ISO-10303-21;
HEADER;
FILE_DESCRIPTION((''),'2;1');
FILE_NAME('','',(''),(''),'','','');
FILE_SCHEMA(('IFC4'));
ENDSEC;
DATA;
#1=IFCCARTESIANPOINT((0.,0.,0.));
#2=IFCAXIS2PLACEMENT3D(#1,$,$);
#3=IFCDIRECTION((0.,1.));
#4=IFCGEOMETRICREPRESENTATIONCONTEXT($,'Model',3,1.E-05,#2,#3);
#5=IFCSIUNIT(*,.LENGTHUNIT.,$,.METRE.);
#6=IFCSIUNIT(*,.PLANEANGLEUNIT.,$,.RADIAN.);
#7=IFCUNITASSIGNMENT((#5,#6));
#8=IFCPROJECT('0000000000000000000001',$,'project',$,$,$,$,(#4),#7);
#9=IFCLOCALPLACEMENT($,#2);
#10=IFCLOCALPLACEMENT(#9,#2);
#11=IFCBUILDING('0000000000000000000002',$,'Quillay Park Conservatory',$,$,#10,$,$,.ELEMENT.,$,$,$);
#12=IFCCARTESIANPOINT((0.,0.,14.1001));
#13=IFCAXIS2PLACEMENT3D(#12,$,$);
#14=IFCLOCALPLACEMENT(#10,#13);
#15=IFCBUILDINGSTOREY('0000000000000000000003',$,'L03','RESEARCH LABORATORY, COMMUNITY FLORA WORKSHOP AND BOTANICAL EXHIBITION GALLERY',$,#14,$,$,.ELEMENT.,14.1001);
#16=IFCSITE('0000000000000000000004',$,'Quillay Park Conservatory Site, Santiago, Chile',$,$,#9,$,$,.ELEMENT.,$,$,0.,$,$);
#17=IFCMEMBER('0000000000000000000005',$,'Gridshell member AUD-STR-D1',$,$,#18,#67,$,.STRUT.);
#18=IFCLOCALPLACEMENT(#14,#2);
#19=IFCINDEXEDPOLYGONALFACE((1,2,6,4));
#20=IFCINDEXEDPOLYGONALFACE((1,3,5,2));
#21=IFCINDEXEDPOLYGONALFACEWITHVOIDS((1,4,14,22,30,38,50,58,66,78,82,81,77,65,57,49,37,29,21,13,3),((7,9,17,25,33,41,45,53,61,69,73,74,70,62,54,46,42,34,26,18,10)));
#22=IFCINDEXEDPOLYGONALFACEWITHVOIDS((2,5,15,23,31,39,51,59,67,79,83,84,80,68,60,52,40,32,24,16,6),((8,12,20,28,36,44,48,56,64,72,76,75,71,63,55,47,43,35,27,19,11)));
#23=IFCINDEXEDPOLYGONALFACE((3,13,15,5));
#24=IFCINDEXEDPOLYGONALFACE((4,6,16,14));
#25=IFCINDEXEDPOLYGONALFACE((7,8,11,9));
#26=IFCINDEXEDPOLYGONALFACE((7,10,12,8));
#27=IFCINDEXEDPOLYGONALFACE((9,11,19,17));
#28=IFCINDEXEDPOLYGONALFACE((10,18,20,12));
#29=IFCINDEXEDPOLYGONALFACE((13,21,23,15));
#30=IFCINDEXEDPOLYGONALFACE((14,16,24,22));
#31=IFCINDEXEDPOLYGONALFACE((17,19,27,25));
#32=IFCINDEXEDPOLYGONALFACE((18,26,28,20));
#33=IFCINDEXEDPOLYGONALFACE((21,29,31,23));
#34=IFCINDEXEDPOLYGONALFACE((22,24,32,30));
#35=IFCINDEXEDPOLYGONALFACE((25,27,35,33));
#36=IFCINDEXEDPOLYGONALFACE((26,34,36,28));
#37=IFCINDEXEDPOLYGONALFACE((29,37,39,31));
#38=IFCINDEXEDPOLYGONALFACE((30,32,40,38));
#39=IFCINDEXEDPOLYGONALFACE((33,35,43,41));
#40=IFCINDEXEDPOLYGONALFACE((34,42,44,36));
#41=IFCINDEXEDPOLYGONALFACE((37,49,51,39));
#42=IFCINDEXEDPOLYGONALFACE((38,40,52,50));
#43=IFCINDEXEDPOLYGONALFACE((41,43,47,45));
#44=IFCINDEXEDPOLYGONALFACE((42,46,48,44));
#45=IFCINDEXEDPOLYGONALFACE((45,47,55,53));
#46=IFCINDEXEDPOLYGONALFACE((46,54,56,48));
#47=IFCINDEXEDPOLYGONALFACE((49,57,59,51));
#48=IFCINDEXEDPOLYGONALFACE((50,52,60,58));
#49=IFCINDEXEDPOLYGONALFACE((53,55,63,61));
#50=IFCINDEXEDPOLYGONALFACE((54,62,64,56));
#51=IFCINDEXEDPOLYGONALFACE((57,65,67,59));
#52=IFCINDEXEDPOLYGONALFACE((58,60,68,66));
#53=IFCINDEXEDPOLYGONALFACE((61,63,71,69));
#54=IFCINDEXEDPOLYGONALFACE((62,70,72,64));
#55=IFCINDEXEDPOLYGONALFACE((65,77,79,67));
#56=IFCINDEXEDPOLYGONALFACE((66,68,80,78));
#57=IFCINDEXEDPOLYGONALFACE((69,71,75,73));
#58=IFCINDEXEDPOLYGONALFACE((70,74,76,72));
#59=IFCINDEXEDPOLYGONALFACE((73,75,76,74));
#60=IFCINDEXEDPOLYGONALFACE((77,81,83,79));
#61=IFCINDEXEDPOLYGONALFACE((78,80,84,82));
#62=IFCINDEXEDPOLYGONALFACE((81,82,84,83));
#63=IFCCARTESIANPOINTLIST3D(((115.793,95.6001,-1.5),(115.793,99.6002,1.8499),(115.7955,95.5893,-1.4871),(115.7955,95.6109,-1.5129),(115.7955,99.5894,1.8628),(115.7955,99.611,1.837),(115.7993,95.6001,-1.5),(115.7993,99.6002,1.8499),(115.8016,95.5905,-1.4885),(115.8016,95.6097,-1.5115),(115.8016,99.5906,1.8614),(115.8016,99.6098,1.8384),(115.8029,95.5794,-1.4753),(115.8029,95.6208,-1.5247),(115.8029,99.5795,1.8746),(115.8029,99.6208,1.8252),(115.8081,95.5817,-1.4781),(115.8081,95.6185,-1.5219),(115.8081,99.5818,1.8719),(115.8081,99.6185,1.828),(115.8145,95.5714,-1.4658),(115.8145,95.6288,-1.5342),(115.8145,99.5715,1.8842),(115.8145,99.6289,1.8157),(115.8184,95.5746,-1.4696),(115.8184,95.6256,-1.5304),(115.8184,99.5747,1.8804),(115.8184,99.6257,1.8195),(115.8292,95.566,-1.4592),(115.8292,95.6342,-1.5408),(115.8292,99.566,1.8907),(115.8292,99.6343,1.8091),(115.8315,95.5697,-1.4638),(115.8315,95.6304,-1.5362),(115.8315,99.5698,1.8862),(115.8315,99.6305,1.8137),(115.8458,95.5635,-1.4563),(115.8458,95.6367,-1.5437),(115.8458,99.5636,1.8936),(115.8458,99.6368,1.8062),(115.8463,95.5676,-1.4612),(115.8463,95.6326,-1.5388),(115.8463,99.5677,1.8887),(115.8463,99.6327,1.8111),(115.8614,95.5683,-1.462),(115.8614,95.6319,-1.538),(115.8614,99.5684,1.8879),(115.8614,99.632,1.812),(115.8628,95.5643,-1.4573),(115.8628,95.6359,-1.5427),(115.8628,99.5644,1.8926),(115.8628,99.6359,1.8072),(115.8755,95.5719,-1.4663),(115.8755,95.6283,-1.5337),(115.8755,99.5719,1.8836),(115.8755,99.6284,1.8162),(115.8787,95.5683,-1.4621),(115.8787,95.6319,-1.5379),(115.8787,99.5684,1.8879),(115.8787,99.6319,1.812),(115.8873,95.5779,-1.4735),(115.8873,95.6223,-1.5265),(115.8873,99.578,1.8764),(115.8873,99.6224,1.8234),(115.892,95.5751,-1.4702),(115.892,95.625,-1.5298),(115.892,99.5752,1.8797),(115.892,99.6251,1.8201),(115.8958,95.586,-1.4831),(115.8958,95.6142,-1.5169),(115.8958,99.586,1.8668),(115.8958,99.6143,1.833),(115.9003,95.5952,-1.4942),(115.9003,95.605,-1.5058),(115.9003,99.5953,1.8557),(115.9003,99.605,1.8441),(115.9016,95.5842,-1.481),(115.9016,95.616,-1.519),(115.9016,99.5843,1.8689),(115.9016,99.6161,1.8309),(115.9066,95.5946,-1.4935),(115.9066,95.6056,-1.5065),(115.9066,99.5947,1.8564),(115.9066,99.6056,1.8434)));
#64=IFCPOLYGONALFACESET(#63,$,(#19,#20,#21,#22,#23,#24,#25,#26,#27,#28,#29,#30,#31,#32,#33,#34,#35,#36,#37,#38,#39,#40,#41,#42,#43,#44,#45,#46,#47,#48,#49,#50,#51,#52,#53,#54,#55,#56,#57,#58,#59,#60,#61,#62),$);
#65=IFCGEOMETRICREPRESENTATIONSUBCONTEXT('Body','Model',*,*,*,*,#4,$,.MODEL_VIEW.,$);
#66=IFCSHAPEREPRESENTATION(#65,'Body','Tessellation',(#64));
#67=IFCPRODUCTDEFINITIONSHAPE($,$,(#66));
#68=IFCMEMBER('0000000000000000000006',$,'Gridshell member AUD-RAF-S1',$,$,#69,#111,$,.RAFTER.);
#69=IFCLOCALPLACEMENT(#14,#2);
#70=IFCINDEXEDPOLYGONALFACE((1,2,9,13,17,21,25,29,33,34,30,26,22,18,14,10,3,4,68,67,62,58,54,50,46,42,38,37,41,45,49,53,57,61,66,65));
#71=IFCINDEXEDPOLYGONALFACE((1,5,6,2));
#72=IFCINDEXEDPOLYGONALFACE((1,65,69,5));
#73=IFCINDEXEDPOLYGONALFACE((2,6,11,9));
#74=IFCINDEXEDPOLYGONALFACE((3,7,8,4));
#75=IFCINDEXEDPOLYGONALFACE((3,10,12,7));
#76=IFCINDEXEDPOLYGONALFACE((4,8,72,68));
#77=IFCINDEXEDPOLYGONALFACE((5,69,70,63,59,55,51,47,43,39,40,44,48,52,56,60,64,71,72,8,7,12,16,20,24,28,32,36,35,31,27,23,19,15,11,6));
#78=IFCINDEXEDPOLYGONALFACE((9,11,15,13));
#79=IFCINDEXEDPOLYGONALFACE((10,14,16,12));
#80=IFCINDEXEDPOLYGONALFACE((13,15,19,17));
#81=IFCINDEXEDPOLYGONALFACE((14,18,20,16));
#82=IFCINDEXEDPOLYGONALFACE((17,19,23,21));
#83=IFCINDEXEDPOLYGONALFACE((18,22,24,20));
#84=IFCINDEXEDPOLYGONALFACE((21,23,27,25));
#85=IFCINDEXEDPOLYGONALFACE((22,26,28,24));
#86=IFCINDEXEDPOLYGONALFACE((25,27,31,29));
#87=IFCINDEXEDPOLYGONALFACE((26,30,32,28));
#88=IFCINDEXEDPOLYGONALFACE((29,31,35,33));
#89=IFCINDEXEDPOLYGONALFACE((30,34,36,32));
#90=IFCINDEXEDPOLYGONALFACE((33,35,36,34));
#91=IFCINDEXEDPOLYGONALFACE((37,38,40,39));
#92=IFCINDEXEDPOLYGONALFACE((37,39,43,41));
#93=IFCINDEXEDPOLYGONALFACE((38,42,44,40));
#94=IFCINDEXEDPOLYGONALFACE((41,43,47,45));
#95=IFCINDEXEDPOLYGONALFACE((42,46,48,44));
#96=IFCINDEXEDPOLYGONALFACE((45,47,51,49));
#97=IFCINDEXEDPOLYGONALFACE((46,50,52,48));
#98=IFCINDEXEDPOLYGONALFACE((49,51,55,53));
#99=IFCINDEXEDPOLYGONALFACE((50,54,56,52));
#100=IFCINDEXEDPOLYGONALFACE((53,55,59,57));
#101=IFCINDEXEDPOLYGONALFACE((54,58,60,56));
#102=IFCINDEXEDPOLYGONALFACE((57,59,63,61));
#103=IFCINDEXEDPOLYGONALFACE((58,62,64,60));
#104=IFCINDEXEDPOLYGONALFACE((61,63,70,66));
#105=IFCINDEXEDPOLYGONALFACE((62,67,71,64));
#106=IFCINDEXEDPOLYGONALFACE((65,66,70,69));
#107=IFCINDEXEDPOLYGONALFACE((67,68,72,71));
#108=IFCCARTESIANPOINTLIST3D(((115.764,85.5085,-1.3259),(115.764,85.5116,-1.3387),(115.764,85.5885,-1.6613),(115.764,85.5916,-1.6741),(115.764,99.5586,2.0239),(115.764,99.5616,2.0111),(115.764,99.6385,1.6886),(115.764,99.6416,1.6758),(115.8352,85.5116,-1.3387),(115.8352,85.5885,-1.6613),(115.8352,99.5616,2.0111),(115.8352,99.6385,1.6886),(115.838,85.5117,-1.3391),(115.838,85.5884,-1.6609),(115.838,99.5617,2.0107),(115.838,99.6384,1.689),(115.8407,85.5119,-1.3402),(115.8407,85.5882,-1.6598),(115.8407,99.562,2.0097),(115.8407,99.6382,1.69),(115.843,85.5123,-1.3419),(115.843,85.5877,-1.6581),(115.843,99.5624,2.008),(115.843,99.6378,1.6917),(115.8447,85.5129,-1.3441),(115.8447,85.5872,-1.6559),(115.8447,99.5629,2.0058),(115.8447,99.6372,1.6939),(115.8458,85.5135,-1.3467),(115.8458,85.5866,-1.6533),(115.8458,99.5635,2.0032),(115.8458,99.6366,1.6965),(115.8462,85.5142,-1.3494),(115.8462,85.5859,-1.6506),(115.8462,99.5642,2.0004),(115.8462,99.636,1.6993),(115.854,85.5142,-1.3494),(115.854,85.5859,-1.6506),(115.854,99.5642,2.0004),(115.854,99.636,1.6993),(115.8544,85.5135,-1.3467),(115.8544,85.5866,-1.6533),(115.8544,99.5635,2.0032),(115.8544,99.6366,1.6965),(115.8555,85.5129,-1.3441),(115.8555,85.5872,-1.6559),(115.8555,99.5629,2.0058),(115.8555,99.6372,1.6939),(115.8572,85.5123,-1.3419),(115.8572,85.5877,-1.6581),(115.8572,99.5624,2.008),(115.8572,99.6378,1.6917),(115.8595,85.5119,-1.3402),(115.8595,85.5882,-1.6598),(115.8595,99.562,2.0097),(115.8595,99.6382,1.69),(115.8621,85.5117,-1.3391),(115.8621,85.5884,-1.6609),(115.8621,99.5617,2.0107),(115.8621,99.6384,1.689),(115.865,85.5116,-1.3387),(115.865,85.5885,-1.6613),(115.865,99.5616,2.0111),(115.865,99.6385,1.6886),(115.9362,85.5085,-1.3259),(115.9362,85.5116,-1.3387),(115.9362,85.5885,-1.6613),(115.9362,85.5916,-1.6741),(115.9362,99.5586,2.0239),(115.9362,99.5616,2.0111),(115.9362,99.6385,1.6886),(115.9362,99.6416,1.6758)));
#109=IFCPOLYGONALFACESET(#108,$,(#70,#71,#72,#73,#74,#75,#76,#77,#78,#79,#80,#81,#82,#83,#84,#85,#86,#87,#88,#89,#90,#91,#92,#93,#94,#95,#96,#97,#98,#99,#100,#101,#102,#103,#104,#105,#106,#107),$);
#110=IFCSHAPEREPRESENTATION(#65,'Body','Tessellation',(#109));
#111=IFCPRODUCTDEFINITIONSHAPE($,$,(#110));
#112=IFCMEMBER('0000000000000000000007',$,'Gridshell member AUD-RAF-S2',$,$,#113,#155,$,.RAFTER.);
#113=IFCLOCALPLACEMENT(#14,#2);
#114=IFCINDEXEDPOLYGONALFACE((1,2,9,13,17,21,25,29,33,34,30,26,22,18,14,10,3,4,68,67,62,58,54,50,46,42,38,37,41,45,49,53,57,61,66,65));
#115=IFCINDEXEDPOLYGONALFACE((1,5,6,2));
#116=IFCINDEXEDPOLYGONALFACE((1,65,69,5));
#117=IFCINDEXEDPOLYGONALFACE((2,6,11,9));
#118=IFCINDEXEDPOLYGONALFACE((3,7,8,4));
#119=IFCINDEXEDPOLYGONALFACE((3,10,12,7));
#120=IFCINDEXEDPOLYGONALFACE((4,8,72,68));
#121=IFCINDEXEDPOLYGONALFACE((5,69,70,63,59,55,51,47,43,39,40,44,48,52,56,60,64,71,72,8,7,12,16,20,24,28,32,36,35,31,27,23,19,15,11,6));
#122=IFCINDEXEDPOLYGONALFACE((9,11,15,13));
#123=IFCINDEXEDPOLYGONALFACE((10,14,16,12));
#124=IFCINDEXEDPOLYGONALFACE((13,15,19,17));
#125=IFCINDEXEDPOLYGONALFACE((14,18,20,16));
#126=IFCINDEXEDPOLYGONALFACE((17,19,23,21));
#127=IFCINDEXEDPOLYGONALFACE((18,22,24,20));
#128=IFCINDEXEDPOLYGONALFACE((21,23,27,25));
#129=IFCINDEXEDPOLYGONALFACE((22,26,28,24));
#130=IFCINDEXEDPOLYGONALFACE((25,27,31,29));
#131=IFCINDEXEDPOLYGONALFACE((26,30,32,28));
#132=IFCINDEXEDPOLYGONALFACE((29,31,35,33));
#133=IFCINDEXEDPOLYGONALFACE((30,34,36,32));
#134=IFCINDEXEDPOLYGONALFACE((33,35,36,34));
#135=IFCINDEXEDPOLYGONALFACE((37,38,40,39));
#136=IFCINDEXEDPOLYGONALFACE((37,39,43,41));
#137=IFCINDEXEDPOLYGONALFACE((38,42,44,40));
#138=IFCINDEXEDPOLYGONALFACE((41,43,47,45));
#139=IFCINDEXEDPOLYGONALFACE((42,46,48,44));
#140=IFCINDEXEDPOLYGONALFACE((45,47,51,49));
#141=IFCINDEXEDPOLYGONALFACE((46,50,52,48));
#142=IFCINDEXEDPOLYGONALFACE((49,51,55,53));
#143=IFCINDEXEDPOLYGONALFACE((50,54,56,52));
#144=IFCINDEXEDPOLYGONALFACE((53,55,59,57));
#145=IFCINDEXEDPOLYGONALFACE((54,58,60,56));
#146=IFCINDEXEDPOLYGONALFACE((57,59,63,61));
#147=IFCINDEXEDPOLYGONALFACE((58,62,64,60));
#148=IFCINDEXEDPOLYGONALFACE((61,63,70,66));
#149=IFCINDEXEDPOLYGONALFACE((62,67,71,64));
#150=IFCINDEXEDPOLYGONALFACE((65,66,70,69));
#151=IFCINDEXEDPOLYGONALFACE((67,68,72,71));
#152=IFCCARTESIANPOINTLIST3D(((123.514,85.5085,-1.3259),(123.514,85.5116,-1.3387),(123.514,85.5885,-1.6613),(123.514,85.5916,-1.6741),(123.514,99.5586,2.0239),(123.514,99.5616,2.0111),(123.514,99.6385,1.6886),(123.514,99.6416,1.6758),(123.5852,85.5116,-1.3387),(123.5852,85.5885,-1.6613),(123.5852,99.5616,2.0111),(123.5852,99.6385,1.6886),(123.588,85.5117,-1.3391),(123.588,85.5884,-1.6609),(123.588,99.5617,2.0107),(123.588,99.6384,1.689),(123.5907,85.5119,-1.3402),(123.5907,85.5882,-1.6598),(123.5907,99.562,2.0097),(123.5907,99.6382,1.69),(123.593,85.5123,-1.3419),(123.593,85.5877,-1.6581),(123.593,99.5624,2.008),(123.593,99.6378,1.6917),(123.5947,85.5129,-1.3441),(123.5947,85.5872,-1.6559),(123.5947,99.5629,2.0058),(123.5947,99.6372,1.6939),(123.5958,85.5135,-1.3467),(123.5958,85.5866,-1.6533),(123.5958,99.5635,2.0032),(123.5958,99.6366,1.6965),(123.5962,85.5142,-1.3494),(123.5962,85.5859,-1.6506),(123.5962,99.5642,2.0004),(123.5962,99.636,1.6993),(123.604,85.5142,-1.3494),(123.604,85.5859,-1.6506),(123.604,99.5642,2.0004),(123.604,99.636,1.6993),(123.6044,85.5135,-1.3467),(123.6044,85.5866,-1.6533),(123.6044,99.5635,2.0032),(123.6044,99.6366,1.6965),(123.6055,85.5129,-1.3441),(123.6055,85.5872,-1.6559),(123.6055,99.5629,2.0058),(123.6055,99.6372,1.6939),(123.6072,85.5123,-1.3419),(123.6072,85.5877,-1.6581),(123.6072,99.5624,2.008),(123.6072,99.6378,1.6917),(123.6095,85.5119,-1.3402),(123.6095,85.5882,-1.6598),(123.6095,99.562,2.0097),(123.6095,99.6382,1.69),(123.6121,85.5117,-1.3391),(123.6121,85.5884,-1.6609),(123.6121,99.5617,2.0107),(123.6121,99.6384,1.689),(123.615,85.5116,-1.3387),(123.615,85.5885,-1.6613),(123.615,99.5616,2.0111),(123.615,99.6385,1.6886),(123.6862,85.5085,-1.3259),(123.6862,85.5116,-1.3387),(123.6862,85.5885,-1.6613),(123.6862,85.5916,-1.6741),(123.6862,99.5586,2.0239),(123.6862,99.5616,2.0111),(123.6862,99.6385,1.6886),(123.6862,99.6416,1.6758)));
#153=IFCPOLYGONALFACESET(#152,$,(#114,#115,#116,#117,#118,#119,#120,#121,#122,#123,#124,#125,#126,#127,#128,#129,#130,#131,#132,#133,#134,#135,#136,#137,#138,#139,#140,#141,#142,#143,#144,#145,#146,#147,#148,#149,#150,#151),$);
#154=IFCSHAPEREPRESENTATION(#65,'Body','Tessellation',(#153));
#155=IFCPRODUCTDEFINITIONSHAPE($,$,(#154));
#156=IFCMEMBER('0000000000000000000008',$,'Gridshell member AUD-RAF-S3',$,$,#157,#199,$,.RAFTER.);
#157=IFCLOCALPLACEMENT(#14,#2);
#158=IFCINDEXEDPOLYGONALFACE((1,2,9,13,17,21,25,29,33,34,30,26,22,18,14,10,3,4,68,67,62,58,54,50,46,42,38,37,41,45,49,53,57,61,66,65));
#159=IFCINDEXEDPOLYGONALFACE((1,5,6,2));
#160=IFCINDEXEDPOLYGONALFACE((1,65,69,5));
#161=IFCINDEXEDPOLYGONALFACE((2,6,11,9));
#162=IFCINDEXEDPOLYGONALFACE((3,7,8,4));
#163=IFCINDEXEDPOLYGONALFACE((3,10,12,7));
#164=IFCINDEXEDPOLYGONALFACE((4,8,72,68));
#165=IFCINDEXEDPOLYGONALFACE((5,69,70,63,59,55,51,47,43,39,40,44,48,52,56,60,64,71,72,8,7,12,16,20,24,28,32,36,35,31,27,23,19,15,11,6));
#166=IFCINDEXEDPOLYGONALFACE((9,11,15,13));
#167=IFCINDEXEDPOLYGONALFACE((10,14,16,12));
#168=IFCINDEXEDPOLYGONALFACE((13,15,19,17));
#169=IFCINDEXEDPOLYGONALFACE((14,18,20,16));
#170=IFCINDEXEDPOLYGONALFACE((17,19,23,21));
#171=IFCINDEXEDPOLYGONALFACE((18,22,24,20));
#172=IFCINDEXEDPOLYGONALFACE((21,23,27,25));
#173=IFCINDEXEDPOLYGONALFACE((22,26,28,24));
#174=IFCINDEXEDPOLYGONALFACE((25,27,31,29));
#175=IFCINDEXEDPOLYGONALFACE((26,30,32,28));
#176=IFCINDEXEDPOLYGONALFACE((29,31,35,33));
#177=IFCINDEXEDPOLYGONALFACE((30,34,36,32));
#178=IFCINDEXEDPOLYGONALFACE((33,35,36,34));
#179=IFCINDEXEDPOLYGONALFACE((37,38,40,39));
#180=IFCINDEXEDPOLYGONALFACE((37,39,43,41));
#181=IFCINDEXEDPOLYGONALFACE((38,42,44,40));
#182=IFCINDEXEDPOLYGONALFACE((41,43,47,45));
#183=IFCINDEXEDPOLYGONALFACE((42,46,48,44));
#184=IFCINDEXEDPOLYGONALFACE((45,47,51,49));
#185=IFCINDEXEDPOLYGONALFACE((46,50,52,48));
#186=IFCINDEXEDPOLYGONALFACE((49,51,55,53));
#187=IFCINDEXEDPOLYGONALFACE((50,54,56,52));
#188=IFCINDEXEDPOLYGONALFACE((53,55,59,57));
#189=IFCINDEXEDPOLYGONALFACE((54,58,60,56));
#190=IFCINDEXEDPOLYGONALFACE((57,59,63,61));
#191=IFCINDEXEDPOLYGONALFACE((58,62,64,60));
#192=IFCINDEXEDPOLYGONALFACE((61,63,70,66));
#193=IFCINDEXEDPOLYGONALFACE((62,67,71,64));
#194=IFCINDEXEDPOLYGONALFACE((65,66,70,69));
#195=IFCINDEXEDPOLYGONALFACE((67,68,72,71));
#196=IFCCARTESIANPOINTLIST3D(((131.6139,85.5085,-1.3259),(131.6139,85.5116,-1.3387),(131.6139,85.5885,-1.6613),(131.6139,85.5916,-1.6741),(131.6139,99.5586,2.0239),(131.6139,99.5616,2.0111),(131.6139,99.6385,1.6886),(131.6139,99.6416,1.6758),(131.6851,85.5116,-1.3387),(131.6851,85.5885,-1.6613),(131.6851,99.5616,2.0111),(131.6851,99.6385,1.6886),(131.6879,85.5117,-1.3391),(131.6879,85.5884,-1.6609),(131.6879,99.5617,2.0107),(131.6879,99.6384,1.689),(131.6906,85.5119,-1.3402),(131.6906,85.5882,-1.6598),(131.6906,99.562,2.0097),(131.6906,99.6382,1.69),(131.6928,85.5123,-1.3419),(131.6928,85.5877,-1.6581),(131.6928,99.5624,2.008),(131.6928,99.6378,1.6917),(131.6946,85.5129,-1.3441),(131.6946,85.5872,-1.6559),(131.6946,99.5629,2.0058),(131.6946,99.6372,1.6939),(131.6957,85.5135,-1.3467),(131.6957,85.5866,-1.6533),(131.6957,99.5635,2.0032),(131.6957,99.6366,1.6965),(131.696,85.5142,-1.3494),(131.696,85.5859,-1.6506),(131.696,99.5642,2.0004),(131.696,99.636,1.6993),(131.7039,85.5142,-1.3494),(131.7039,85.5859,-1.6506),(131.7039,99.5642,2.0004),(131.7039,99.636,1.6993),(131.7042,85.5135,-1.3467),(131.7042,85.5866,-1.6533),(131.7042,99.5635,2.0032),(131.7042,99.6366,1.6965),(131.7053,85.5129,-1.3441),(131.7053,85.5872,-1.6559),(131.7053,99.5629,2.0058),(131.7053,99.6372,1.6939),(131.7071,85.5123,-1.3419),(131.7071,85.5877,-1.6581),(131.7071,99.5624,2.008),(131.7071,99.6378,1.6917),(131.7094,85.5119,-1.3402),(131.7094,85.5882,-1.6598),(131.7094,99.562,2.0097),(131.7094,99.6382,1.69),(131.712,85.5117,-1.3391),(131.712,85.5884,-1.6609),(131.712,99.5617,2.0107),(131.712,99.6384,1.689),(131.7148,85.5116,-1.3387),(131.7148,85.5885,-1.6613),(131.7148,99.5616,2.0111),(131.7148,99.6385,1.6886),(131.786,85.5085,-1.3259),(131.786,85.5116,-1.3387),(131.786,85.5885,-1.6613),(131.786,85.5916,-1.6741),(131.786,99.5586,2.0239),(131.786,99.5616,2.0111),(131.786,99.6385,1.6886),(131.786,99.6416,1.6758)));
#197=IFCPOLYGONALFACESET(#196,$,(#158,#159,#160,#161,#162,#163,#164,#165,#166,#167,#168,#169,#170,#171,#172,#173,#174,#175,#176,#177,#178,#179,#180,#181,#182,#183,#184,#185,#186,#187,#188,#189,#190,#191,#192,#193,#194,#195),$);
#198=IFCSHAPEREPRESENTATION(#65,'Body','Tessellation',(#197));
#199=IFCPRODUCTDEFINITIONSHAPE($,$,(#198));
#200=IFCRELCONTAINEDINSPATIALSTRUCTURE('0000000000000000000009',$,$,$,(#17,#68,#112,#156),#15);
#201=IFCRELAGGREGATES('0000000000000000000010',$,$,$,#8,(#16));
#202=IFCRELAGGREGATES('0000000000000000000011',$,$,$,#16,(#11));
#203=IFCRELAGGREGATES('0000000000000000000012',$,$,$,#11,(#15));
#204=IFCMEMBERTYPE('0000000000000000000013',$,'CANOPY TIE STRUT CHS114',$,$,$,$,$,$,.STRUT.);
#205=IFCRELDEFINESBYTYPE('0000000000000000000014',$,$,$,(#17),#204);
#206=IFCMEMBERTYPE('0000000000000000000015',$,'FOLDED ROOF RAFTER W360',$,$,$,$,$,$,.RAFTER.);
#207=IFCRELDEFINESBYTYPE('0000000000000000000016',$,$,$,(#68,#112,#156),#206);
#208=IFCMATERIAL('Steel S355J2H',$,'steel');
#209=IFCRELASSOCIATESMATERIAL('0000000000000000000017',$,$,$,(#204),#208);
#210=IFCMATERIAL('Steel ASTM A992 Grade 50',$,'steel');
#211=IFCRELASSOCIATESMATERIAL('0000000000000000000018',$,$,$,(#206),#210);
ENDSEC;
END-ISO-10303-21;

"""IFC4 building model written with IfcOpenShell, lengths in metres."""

from ifc_helpers import new_model, si_unit, direction, frame, origin, origin_2d, place, context, subcontext, project, spatial, hollow_circle, i_section, extrude, material, material_profile, profile_set, type_object, element, save


model = new_model("IFC4")

# Units and contexts
model_context = context("Model", 3, precision=1e-05, world=origin(), true_north=direction((0.0, 1.0)))
body_context = subcontext(model_context, "Body", "Model", "MODEL_VIEW")
ifc_project = project(units=[si_unit("LENGTHUNIT", "METRE"), si_unit("PLANEANGLEUNIT", "RADIAN")], contexts=[model_context])

# Site, building, storey
site_placement = place(None, origin())
site = spatial("IfcSite", under=ifc_project, at=site_placement, Name="Quillay Park Conservatory Site, Santiago, Chile", CompositionType="ELEMENT", RefElevation=0.0)
building_placement = place(site_placement, origin())
building = spatial("IfcBuilding", under=site, at=building_placement, Name="Quillay Park Conservatory", CompositionType="ELEMENT")
storey_placement = place(building_placement, frame((0.0, 0.0, 14.1001)))
storey = spatial("IfcBuildingStorey", under=building, at=storey_placement, Name="L03", Description="RESEARCH LABORATORY, COMMUNITY FLORA WORKSHOP AND BOTANICAL EXHIBITION GALLERY", CompositionType="ELEMENT", Elevation=14.1001)

# Members
ifc_material_1 = material(Name="Steel S355J2H", Category="steel")
ifc_material_profile_1 = material_profile(ifc_material_1, hollow_circle(Radius=0.0571, WallThickness=0.0063, at=origin_2d()), Name="CHS114.3x6.3")
ifc_profile_set_1 = profile_set([ifc_material_profile_1], Name="Steel S355J2H")
member_type_1 = type_object("IfcMemberType", Name="CANOPY TIE STRUT CHS114", PredefinedType="STRUT", material=ifc_profile_set_1)
member_placement = place(storey_placement, frame((115.8501, 95.6001, -1.5), z_axis=(0.0, 0.766662, 0.642051), x_axis=(-1.0, 0.0, 0.0)))
element("IfcMember", 1, at=member_placement, inside=storey, type_object=member_type_1, Name="Gridshell member AUD-STR-D1", PredefinedType="STRUT", context=body_context, shape_type="SweptSolid", body=[
    extrude(hollow_circle(Radius=0.0571, WallThickness=0.0063, at=origin_2d()), origin(), (0.0, 0.0, 1.0), 5.2175),
])
ifc_material_2 = material(Name="Steel ASTM A992 Grade 50", Category="steel")
ifc_material_profile_2 = material_profile(ifc_material_2, i_section(OverallWidth=0.1721, OverallDepth=0.3579, WebThickness=0.0078, FlangeThickness=0.0132, FilletRadius=0.011, at=origin_2d()), Name="W360x57")
ifc_profile_set_2 = profile_set([ifc_material_profile_2], Name="Steel ASTM A992 Grade 50")
member_type_2 = type_object("IfcMemberType", Name="FOLDED ROOF RAFTER W360", PredefinedType="RAFTER", material=ifc_profile_set_2)
for number, where, z_axis, x_axis, name in (
    (2, (115.8501, 85.55, -1.5), (0.0, 0.972734, 0.231922), (-1.0, 0.0, 0.0), "Gridshell member AUD-RAF-S1"),
    (3, (123.6001, 85.55, -1.5), (0.0, 0.972734, 0.231922), (-1.0, 0.0, 0.0), "Gridshell member AUD-RAF-S2"),
    (4, (131.7, 85.55, -1.5), (0.0, 0.972734, 0.231922), (-1.0, 0.0, 0.0), "Gridshell member AUD-RAF-S3"),
):
    element("IfcMember", number, at=place(storey_placement, frame(where, z_axis=z_axis, x_axis=x_axis)), inside=storey, type_object=member_type_2, Name=name, PredefinedType="RAFTER", context=body_context, shape_type="SweptSolid", body=[
        extrude(i_section(OverallWidth=0.1721, OverallDepth=0.3579, WebThickness=0.0078, FlangeThickness=0.0132, FilletRadius=0.011, at=origin_2d()), origin(), (0.0, 0.0, 1.0), 14.4438),
    ])

save(model, "model.ifc")
